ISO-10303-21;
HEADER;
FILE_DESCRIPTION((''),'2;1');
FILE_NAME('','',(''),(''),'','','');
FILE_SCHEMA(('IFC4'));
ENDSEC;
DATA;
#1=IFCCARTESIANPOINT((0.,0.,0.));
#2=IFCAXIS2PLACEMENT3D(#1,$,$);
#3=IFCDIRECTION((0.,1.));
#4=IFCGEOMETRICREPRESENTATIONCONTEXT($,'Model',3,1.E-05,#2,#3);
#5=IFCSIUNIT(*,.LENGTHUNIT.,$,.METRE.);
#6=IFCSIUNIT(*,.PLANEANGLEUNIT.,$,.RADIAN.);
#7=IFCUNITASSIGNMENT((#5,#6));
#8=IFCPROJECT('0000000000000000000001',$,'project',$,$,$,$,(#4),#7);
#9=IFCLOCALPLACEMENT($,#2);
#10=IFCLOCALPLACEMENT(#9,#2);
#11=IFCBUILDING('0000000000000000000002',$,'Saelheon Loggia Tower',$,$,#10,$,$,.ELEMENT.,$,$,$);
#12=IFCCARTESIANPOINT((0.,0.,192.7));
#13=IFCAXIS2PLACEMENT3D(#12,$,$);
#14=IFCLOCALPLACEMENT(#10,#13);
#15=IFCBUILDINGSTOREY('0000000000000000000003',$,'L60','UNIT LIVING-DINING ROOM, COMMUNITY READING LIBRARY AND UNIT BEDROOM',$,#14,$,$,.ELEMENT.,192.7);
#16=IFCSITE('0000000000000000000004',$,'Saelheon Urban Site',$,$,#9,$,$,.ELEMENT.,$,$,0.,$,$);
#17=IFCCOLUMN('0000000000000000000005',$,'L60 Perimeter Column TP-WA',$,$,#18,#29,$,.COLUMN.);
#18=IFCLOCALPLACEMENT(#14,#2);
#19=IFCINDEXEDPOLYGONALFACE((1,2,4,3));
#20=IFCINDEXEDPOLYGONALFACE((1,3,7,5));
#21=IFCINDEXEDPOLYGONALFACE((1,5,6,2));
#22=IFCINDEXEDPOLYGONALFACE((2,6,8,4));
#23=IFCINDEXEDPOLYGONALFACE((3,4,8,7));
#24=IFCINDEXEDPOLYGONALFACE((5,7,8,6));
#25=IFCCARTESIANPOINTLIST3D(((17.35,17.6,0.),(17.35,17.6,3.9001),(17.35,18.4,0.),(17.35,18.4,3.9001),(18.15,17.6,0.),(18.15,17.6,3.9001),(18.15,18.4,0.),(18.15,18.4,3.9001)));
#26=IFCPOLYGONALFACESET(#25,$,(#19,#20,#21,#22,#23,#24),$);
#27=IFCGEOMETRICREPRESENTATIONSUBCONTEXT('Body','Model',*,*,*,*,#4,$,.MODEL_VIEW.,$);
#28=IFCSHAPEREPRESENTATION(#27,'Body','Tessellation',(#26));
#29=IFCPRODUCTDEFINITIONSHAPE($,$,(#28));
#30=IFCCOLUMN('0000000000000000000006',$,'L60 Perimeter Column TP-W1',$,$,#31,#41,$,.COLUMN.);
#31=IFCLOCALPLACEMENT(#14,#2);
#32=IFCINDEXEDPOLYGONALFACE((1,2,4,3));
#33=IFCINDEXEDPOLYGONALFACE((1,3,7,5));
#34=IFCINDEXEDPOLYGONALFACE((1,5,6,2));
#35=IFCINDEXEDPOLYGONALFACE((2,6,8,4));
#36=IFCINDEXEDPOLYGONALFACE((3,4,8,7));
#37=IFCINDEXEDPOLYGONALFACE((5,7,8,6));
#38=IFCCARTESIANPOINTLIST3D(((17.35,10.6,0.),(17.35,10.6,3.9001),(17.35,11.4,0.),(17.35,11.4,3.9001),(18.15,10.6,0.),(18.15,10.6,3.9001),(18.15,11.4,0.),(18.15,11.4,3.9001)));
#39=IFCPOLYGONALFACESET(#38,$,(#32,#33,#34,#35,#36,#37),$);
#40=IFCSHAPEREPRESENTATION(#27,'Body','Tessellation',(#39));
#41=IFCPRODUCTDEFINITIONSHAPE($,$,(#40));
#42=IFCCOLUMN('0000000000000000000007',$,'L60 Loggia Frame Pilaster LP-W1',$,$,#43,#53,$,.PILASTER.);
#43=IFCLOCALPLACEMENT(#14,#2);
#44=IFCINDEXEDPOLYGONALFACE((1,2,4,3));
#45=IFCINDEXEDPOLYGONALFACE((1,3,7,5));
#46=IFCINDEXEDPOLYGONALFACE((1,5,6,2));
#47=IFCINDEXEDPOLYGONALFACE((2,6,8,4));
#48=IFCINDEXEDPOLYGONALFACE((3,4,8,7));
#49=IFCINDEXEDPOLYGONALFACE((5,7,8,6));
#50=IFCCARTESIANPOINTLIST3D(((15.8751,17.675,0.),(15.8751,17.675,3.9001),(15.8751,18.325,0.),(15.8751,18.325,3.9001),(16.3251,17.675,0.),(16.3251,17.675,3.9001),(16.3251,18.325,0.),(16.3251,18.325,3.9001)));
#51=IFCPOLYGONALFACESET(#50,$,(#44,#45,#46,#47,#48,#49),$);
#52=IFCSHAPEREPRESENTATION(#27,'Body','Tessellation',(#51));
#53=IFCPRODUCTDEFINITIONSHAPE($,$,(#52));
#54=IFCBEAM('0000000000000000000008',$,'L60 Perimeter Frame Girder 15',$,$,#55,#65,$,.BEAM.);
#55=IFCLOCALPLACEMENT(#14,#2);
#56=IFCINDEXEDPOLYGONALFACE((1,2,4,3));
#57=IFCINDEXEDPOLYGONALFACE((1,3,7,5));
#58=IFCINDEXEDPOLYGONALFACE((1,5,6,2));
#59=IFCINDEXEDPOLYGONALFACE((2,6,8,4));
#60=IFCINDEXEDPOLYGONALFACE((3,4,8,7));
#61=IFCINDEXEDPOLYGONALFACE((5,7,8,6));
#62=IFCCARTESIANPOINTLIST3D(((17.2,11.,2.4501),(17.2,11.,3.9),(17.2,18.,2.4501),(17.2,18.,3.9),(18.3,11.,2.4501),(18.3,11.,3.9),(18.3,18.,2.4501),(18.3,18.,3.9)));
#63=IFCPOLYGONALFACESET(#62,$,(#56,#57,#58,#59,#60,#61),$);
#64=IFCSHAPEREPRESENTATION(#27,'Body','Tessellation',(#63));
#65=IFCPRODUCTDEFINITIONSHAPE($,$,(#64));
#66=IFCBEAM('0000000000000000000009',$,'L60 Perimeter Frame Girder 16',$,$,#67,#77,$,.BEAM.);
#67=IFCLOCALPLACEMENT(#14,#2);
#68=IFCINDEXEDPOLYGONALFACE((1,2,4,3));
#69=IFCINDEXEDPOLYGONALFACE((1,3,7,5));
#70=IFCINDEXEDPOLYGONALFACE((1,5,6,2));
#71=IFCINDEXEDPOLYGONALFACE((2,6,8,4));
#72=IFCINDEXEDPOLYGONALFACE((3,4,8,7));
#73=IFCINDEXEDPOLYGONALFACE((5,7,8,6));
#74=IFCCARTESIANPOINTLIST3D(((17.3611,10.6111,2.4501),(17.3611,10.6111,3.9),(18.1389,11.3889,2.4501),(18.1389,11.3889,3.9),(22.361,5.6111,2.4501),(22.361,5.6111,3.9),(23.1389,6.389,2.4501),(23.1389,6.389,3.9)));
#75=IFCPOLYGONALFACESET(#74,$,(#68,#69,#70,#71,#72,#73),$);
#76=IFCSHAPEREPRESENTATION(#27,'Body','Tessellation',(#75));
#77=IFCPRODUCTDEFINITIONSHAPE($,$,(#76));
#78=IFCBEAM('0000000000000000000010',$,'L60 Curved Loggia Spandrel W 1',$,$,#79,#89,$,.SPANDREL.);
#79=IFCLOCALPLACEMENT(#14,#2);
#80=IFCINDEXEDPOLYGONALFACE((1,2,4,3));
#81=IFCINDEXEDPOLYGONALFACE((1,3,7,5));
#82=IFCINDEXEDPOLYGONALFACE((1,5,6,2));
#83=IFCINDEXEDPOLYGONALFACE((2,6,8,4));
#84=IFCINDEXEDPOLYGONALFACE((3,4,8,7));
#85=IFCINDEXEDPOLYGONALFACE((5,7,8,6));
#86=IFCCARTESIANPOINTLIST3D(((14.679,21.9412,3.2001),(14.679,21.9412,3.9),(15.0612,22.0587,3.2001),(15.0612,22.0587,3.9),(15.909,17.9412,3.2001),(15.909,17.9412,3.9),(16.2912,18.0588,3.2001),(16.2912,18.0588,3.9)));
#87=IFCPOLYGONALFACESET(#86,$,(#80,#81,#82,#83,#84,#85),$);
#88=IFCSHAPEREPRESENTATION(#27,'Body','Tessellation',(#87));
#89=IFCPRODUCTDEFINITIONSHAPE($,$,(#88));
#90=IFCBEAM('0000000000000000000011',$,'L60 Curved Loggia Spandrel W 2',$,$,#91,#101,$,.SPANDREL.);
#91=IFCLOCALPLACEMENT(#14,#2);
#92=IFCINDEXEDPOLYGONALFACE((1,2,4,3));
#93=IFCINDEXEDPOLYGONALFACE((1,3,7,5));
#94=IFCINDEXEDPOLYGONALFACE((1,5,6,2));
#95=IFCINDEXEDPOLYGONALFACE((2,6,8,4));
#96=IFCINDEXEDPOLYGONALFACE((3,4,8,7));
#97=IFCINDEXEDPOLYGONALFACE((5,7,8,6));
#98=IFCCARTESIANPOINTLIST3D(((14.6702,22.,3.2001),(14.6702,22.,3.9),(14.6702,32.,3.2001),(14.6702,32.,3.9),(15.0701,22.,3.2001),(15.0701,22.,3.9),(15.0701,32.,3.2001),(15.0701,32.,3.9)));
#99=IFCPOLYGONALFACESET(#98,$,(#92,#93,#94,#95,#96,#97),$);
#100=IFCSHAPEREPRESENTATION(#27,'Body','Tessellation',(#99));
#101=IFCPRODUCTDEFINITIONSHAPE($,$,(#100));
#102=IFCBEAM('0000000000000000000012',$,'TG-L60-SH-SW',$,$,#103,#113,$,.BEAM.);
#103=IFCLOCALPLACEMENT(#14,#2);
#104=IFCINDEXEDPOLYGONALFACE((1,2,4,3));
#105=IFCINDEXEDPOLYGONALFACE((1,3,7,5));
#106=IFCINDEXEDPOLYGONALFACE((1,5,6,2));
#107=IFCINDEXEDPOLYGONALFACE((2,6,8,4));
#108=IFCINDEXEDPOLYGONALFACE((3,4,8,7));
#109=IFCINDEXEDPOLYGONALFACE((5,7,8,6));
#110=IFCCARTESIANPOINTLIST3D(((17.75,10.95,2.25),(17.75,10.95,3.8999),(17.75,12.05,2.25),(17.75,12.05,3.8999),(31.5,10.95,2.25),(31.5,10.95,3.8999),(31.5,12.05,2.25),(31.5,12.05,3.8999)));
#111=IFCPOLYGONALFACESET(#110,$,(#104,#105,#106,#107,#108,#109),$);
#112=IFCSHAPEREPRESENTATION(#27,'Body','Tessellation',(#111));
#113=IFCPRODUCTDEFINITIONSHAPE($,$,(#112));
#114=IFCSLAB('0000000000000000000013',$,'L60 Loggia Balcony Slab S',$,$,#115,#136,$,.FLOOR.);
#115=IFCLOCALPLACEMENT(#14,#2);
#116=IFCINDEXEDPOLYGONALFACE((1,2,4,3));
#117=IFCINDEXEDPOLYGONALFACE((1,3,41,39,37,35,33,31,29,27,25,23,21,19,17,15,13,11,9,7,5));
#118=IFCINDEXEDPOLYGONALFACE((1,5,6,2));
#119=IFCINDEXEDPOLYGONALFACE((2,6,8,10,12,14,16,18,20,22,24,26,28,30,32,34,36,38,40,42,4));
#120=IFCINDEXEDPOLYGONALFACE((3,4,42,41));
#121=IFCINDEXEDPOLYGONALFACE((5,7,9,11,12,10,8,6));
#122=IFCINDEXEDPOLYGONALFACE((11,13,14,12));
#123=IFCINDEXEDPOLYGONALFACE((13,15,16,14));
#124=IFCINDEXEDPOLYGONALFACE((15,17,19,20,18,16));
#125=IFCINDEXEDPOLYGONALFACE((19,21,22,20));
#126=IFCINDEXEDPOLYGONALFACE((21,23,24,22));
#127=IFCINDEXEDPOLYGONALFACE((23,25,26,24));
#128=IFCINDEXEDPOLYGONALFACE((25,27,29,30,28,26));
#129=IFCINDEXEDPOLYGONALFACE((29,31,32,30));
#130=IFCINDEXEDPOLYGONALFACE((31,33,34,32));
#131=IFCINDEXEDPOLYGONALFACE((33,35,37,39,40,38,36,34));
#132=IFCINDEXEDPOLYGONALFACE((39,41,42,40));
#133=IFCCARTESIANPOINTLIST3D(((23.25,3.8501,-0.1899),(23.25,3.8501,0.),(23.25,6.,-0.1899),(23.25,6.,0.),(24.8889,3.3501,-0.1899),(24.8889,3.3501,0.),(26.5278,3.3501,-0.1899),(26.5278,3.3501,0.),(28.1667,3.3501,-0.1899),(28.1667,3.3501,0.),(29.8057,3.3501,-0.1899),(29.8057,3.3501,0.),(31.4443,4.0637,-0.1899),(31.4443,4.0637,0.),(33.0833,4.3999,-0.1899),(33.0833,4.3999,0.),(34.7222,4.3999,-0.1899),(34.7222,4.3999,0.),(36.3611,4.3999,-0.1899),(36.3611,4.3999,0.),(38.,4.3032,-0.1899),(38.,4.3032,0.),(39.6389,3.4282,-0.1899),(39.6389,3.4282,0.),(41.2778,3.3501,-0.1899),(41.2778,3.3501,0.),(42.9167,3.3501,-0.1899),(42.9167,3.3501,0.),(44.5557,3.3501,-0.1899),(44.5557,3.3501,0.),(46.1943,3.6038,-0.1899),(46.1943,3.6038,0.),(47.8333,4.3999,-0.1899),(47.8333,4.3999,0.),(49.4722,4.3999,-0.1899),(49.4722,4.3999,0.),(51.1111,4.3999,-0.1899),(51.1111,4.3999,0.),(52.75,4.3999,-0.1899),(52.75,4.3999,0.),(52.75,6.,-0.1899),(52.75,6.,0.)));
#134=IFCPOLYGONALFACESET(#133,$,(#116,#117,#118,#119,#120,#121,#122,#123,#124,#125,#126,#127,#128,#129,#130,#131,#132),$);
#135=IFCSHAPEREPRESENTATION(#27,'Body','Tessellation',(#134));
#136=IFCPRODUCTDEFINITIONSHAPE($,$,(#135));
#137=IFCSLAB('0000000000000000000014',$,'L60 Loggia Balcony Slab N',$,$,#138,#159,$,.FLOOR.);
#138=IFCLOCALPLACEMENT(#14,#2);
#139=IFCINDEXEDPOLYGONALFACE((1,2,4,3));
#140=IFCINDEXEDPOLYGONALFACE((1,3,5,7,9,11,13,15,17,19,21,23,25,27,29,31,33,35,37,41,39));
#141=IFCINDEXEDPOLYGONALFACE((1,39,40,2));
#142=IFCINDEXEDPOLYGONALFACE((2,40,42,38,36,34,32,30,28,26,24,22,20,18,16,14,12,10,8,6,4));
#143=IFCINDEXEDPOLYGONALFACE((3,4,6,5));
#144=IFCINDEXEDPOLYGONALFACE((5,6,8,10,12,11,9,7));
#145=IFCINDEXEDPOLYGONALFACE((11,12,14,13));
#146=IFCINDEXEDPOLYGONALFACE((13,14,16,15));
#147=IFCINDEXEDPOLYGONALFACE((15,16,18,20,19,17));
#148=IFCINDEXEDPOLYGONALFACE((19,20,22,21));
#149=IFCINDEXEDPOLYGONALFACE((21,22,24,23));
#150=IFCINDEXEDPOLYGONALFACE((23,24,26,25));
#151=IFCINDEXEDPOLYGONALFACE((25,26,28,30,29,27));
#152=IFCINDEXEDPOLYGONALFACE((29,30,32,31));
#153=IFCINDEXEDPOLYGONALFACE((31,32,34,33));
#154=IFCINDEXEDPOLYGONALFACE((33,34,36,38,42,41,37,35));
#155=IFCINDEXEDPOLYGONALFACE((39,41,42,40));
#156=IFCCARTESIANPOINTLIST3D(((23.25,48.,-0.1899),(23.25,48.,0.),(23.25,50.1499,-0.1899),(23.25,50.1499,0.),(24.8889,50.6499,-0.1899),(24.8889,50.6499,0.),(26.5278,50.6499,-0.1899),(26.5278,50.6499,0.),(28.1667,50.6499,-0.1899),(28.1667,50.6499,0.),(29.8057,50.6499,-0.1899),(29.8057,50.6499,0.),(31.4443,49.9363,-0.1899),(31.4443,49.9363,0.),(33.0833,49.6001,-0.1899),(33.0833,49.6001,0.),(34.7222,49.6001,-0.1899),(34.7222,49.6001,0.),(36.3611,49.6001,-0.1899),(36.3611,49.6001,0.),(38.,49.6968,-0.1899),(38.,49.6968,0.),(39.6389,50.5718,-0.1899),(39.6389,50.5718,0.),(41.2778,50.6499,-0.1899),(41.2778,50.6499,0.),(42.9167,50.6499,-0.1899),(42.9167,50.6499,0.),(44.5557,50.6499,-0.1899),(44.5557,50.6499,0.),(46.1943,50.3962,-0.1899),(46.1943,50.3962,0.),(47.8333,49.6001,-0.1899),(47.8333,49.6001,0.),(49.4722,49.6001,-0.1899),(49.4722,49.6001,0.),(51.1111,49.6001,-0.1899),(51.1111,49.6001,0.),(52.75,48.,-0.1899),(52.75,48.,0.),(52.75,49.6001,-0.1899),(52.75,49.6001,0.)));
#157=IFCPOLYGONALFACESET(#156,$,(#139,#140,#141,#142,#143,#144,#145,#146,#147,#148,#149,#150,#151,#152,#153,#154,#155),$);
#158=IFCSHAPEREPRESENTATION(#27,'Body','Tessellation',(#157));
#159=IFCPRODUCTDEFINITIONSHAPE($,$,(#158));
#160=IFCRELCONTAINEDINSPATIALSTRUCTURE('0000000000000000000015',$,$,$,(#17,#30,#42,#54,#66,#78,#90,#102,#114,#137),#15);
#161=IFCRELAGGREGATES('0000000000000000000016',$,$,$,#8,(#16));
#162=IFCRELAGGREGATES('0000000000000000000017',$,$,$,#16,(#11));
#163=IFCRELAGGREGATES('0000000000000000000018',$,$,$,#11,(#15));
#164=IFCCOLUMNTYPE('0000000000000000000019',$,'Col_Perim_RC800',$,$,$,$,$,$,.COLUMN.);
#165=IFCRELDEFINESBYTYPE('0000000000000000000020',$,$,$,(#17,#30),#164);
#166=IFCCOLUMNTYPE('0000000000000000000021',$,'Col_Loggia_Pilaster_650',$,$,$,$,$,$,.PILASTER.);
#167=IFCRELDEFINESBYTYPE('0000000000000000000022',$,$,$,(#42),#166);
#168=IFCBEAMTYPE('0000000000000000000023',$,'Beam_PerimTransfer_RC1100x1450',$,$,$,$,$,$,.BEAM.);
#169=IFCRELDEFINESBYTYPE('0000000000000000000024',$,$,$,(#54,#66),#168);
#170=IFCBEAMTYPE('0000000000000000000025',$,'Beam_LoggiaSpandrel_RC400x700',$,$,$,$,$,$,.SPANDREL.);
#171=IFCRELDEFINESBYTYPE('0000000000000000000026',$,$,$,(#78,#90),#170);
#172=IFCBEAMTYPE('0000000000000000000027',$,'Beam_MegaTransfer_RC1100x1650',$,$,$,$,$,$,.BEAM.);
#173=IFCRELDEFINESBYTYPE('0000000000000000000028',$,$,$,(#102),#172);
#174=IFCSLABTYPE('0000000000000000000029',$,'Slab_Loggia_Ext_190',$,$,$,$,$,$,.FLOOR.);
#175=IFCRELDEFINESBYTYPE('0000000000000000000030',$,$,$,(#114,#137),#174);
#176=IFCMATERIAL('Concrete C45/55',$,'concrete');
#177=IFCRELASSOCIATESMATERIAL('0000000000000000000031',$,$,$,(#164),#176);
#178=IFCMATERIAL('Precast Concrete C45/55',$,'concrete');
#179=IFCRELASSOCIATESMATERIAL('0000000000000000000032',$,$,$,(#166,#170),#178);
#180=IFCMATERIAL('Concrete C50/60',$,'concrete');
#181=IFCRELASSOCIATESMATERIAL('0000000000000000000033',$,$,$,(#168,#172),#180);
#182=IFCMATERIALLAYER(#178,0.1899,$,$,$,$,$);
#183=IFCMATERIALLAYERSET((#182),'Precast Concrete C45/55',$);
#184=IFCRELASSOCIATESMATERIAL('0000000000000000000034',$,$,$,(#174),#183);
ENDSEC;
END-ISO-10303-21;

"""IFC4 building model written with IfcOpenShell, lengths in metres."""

from ifc_helpers import new_model, si_unit, direction, frame, origin, origin_2d, place, context, subcontext, project, spatial, polyline, rectangle, outline, extrude, source, transform, mapped, material, layer, layer_set, material_profile, profile_set, type_object, element, save


model = new_model("IFC4")

# Units and contexts
model_context = context("Model", 3, precision=1e-05, world=origin(), true_north=direction((0.0, 1.0)))
body_context = subcontext(model_context, "Body", "Model", "MODEL_VIEW")
ifc_project = project(units=[si_unit("LENGTHUNIT", "METRE"), si_unit("PLANEANGLEUNIT", "RADIAN")], contexts=[model_context])

# Site, building, storey
site_placement = place(None, origin())
site = spatial("IfcSite", under=ifc_project, at=site_placement, Name="Saelheon Urban Site", CompositionType="ELEMENT", RefElevation=0.0)
building_placement = place(site_placement, origin())
building = spatial("IfcBuilding", under=site, at=building_placement, Name="Saelheon Loggia Tower", CompositionType="ELEMENT")
storey_placement = place(building_placement, frame((0.0, 0.0, 192.7)))
storey = spatial("IfcBuildingStorey", under=building, at=storey_placement, Name="L60", Description="UNIT LIVING-DINING ROOM, COMMUNITY READING LIBRARY AND UNIT BEDROOM", CompositionType="ELEMENT", Elevation=192.7)

# Columns
ifc_material_1 = material(Name="Concrete C45/55", Category="concrete")
ifc_material_profile_1 = material_profile(ifc_material_1, rectangle(XDim=0.8, YDim=0.8, at=origin_2d()), Name="RC-800x800")
ifc_profile_set_1 = profile_set([ifc_material_profile_1], Name="Concrete C45/55")
column_type_1 = type_object("IfcColumnType", Name="Col_Perim_RC800", PredefinedType="COLUMN", material=ifc_profile_set_1)
shared_shape_1 = source(origin(), body_context, "Body", "SweptSolid", [
    extrude(rectangle(XDim=0.8, YDim=0.8, at=origin_2d()), origin(), (0.0, 0.0, 1.0), 3.9001),
])
for number, where, z_axis, x_axis, name in (
    (1, (17.75, 18.0, 0.0), (0.0, 0.0, 1.0), (1.0, 0.0, 0.0), "L60 Perimeter Column TP-WA"),
    (2, (17.75, 11.0, 0.0), (0.0, 0.0, 1.0), (1.0, 0.0, 0.0), "L60 Perimeter Column TP-W1"),
):
    element("IfcColumn", number, at=place(storey_placement, frame(where, z_axis=z_axis, x_axis=x_axis)), inside=storey, type_object=column_type_1, Name=name, PredefinedType="COLUMN", context=body_context, shape_type="MappedRepresentation", body=[
        mapped(shared_shape_1, transform((0.0, 0.0, 0.0), scale=1.0)),
    ])
ifc_material_2 = material(Name="Precast Concrete C45/55", Category="concrete")
ifc_material_profile_2 = material_profile(ifc_material_2, rectangle(XDim=0.45, YDim=0.6499, at=origin_2d()), Name="RC-450x650")
ifc_profile_set_2 = profile_set([ifc_material_profile_2], Name="Precast Concrete C45/55")
column_type_2 = type_object("IfcColumnType", Name="Col_Loggia_Pilaster_650", PredefinedType="PILASTER", material=ifc_profile_set_2)
shared_shape_2 = source(origin(), body_context, "Body", "SweptSolid", [
    extrude(rectangle(XDim=0.45, YDim=0.6499, at=origin_2d()), origin(), (0.0, 0.0, 1.0), 3.9001),
])
column_placement = place(storey_placement, frame((16.1001, 18.0, 0.0), z_axis=(0.0, 0.0, 1.0), x_axis=(1.0, 0.0, 0.0)))
element("IfcColumn", 3, at=column_placement, inside=storey, type_object=column_type_2, Name="L60 Loggia Frame Pilaster LP-W1", PredefinedType="PILASTER", context=body_context, shape_type="MappedRepresentation", body=[
    mapped(shared_shape_2, transform((0.0, 0.0, 0.0), scale=1.0)),
])

# Beams
ifc_material_3 = material(Name="Concrete C50/60", Category="concrete")
ifc_material_profile_3 = material_profile(ifc_material_3, rectangle(XDim=1.1001, YDim=1.45, at=origin_2d()), Name="RC-1100x1450")
ifc_profile_set_3 = profile_set([ifc_material_profile_3], Name="Concrete C50/60")
beam_type_1 = type_object("IfcBeamType", Name="Beam_PerimTransfer_RC1100x1450", PredefinedType="BEAM", material=ifc_profile_set_3)
shared_shape_3 = source(origin(), body_context, "Body", "SweptSolid", [
    extrude(rectangle(XDim=1.1001, YDim=1.45, at=origin_2d()), origin(), (0.0, 0.0, 1.0), 7.0),
])
beam_1_placement = place(storey_placement, frame((17.75, 18.0, 3.175), z_axis=(0.0, -1.0, 0.0), x_axis=(1.0, 0.0, 0.0)))
element("IfcBeam", 4, at=beam_1_placement, inside=storey, type_object=beam_type_1, Name="L60 Perimeter Frame Girder 15", PredefinedType="BEAM", context=body_context, shape_type="MappedRepresentation", body=[
    mapped(shared_shape_3, transform((0.0, 0.0, 0.0), scale=1.0)),
])
shared_shape_4 = source(origin(), body_context, "Body", "SweptSolid", [
    extrude(rectangle(XDim=1.1001, YDim=1.45, at=origin_2d()), origin(), (0.0, 0.0, 1.0), 7.071),
])
beam_2_placement = place(storey_placement, frame((17.75, 11.0, 3.175), z_axis=(0.707107, -0.707107, 0.0), x_axis=(0.707107, 0.707107, 0.0)))
element("IfcBeam", 5, at=beam_2_placement, inside=storey, type_object=beam_type_1, Name="L60 Perimeter Frame Girder 16", PredefinedType="BEAM", context=body_context, shape_type="MappedRepresentation", body=[
    mapped(shared_shape_4, transform((0.0, 0.0, 0.0), scale=1.0)),
])
ifc_material_profile_4 = material_profile(ifc_material_2, rectangle(XDim=0.3999, YDim=0.7, at=origin_2d()), Name="RC-400x700")
ifc_profile_set_4 = profile_set([ifc_material_profile_4], Name="Precast Concrete C45/55")
beam_type_2 = type_object("IfcBeamType", Name="Beam_LoggiaSpandrel_RC400x700", PredefinedType="SPANDREL", material=ifc_profile_set_4)
shared_shape_5 = source(origin(), body_context, "Body", "SweptSolid", [
    extrude(rectangle(XDim=0.3999, YDim=0.7, at=origin_2d()), origin(), (0.0, 0.0, 1.0), 4.1848),
])
beam_3_placement = place(storey_placement, frame((16.1001, 18.0, 3.55), z_axis=(-0.293914, 0.955832, 0.0), x_axis=(-0.955832, -0.293914, 0.0)))
element("IfcBeam", 6, at=beam_3_placement, inside=storey, type_object=beam_type_2, Name="L60 Curved Loggia Spandrel W 1", PredefinedType="SPANDREL", context=body_context, shape_type="MappedRepresentation", body=[
    mapped(shared_shape_5, transform((0.0, 0.0, 0.0), scale=1.0)),
])
shared_shape_6 = source(origin(), body_context, "Body", "SweptSolid", [
    extrude(rectangle(XDim=0.3999, YDim=0.7, at=origin_2d()), origin(), (0.0, 0.0, 1.0), 10.0),
])
beam_4_placement = place(storey_placement, frame((14.8701, 22.0, 3.55), z_axis=(0.0, 1.0, 0.0), x_axis=(-1.0, 0.0, 0.0)))
element("IfcBeam", 7, at=beam_4_placement, inside=storey, type_object=beam_type_2, Name="L60 Curved Loggia Spandrel W 2", PredefinedType="SPANDREL", context=body_context, shape_type="MappedRepresentation", body=[
    mapped(shared_shape_6, transform((0.0, 0.0, 0.0), scale=1.0)),
])
ifc_material_profile_5 = material_profile(ifc_material_3, rectangle(XDim=1.1001, YDim=1.6499, at=origin_2d()), Name="RC-1100x1650")
ifc_profile_set_5 = profile_set([ifc_material_profile_5], Name="Concrete C50/60")
beam_type_3 = type_object("IfcBeamType", Name="Beam_MegaTransfer_RC1100x1650", PredefinedType="BEAM", material=ifc_profile_set_5)
shared_shape_7 = source(origin(), body_context, "Body", "SweptSolid", [
    extrude(rectangle(XDim=1.1001, YDim=1.6499, at=origin_2d()), origin(), (0.0, 0.0, 1.0), 13.75),
])
beam_5_placement = place(storey_placement, frame((17.75, 11.5, 3.075), z_axis=(1.0, 0.0, 0.0), x_axis=(0.0, 1.0, 0.0)))
element("IfcBeam", 8, at=beam_5_placement, inside=storey, type_object=beam_type_3, Name="TG-L60-SH-SW", PredefinedType="BEAM", context=body_context, shape_type="MappedRepresentation", body=[
    mapped(shared_shape_7, transform((0.0, 0.0, 0.0), scale=1.0)),
])

# Slabs
ifc_layer_1 = layer(ifc_material_2, 0.1899)
ifc_layer_set_1 = layer_set([ifc_layer_1], Name="Precast Concrete C45/55")
slab_type_1 = type_object("IfcSlabType", Name="Slab_Loggia_Ext_190", PredefinedType="FLOOR", material=ifc_layer_set_1)
slab_1_placement = place(storey_placement, frame((0.0, 0.0, -0.1899)))
element("IfcSlab", 9, at=slab_1_placement, inside=storey, type_object=slab_type_1, Name="L60 Loggia Balcony Slab S", PredefinedType="FLOOR", context=body_context, shape_type="SweptSolid", body=[
    extrude(outline(polyline([(23.25, 3.8501), (24.8889, 3.3501), (26.5278, 3.3501), (28.1667, 3.3501), (29.8057, 3.3501), (31.4443, 4.0637), (33.0833, 4.3999), (34.7222, 4.3999), (36.3611, 4.3999), (38.0, 4.3032), (39.6389, 3.4282), (41.2778, 3.3501), (42.9167, 3.3501), (44.5557, 3.3501), (46.1943, 3.6038), (47.8333, 4.3999), (49.4722, 4.3999), (51.1111, 4.3999), (52.75, 4.3999), (52.75, 6.0), (23.25, 6.0), (23.25, 3.8501)])), origin(), (0.0, 0.0, 1.0), 0.1899),
])
slab_2_placement = place(storey_placement, frame((0.0, 0.0, -0.1899)))
element("IfcSlab", 10, at=slab_2_placement, inside=storey, type_object=slab_type_1, Name="L60 Loggia Balcony Slab N", PredefinedType="FLOOR", context=body_context, shape_type="SweptSolid", body=[
    extrude(outline(polyline([(23.25, 48.0), (52.75, 48.0), (52.75, 49.6001), (51.1111, 49.6001), (49.4722, 49.6001), (47.8333, 49.6001), (46.1943, 50.3962), (44.5557, 50.6499), (42.9167, 50.6499), (41.2778, 50.6499), (39.6389, 50.5718), (38.0, 49.6968), (36.3611, 49.6001), (34.7222, 49.6001), (33.0833, 49.6001), (31.4443, 49.9363), (29.8057, 50.6499), (28.1667, 50.6499), (26.5278, 50.6499), (24.8889, 50.6499), (23.25, 50.1499), (23.25, 48.0)])), origin(), (0.0, 0.0, 1.0), 0.1899),
])

save(model, "model.ifc")
